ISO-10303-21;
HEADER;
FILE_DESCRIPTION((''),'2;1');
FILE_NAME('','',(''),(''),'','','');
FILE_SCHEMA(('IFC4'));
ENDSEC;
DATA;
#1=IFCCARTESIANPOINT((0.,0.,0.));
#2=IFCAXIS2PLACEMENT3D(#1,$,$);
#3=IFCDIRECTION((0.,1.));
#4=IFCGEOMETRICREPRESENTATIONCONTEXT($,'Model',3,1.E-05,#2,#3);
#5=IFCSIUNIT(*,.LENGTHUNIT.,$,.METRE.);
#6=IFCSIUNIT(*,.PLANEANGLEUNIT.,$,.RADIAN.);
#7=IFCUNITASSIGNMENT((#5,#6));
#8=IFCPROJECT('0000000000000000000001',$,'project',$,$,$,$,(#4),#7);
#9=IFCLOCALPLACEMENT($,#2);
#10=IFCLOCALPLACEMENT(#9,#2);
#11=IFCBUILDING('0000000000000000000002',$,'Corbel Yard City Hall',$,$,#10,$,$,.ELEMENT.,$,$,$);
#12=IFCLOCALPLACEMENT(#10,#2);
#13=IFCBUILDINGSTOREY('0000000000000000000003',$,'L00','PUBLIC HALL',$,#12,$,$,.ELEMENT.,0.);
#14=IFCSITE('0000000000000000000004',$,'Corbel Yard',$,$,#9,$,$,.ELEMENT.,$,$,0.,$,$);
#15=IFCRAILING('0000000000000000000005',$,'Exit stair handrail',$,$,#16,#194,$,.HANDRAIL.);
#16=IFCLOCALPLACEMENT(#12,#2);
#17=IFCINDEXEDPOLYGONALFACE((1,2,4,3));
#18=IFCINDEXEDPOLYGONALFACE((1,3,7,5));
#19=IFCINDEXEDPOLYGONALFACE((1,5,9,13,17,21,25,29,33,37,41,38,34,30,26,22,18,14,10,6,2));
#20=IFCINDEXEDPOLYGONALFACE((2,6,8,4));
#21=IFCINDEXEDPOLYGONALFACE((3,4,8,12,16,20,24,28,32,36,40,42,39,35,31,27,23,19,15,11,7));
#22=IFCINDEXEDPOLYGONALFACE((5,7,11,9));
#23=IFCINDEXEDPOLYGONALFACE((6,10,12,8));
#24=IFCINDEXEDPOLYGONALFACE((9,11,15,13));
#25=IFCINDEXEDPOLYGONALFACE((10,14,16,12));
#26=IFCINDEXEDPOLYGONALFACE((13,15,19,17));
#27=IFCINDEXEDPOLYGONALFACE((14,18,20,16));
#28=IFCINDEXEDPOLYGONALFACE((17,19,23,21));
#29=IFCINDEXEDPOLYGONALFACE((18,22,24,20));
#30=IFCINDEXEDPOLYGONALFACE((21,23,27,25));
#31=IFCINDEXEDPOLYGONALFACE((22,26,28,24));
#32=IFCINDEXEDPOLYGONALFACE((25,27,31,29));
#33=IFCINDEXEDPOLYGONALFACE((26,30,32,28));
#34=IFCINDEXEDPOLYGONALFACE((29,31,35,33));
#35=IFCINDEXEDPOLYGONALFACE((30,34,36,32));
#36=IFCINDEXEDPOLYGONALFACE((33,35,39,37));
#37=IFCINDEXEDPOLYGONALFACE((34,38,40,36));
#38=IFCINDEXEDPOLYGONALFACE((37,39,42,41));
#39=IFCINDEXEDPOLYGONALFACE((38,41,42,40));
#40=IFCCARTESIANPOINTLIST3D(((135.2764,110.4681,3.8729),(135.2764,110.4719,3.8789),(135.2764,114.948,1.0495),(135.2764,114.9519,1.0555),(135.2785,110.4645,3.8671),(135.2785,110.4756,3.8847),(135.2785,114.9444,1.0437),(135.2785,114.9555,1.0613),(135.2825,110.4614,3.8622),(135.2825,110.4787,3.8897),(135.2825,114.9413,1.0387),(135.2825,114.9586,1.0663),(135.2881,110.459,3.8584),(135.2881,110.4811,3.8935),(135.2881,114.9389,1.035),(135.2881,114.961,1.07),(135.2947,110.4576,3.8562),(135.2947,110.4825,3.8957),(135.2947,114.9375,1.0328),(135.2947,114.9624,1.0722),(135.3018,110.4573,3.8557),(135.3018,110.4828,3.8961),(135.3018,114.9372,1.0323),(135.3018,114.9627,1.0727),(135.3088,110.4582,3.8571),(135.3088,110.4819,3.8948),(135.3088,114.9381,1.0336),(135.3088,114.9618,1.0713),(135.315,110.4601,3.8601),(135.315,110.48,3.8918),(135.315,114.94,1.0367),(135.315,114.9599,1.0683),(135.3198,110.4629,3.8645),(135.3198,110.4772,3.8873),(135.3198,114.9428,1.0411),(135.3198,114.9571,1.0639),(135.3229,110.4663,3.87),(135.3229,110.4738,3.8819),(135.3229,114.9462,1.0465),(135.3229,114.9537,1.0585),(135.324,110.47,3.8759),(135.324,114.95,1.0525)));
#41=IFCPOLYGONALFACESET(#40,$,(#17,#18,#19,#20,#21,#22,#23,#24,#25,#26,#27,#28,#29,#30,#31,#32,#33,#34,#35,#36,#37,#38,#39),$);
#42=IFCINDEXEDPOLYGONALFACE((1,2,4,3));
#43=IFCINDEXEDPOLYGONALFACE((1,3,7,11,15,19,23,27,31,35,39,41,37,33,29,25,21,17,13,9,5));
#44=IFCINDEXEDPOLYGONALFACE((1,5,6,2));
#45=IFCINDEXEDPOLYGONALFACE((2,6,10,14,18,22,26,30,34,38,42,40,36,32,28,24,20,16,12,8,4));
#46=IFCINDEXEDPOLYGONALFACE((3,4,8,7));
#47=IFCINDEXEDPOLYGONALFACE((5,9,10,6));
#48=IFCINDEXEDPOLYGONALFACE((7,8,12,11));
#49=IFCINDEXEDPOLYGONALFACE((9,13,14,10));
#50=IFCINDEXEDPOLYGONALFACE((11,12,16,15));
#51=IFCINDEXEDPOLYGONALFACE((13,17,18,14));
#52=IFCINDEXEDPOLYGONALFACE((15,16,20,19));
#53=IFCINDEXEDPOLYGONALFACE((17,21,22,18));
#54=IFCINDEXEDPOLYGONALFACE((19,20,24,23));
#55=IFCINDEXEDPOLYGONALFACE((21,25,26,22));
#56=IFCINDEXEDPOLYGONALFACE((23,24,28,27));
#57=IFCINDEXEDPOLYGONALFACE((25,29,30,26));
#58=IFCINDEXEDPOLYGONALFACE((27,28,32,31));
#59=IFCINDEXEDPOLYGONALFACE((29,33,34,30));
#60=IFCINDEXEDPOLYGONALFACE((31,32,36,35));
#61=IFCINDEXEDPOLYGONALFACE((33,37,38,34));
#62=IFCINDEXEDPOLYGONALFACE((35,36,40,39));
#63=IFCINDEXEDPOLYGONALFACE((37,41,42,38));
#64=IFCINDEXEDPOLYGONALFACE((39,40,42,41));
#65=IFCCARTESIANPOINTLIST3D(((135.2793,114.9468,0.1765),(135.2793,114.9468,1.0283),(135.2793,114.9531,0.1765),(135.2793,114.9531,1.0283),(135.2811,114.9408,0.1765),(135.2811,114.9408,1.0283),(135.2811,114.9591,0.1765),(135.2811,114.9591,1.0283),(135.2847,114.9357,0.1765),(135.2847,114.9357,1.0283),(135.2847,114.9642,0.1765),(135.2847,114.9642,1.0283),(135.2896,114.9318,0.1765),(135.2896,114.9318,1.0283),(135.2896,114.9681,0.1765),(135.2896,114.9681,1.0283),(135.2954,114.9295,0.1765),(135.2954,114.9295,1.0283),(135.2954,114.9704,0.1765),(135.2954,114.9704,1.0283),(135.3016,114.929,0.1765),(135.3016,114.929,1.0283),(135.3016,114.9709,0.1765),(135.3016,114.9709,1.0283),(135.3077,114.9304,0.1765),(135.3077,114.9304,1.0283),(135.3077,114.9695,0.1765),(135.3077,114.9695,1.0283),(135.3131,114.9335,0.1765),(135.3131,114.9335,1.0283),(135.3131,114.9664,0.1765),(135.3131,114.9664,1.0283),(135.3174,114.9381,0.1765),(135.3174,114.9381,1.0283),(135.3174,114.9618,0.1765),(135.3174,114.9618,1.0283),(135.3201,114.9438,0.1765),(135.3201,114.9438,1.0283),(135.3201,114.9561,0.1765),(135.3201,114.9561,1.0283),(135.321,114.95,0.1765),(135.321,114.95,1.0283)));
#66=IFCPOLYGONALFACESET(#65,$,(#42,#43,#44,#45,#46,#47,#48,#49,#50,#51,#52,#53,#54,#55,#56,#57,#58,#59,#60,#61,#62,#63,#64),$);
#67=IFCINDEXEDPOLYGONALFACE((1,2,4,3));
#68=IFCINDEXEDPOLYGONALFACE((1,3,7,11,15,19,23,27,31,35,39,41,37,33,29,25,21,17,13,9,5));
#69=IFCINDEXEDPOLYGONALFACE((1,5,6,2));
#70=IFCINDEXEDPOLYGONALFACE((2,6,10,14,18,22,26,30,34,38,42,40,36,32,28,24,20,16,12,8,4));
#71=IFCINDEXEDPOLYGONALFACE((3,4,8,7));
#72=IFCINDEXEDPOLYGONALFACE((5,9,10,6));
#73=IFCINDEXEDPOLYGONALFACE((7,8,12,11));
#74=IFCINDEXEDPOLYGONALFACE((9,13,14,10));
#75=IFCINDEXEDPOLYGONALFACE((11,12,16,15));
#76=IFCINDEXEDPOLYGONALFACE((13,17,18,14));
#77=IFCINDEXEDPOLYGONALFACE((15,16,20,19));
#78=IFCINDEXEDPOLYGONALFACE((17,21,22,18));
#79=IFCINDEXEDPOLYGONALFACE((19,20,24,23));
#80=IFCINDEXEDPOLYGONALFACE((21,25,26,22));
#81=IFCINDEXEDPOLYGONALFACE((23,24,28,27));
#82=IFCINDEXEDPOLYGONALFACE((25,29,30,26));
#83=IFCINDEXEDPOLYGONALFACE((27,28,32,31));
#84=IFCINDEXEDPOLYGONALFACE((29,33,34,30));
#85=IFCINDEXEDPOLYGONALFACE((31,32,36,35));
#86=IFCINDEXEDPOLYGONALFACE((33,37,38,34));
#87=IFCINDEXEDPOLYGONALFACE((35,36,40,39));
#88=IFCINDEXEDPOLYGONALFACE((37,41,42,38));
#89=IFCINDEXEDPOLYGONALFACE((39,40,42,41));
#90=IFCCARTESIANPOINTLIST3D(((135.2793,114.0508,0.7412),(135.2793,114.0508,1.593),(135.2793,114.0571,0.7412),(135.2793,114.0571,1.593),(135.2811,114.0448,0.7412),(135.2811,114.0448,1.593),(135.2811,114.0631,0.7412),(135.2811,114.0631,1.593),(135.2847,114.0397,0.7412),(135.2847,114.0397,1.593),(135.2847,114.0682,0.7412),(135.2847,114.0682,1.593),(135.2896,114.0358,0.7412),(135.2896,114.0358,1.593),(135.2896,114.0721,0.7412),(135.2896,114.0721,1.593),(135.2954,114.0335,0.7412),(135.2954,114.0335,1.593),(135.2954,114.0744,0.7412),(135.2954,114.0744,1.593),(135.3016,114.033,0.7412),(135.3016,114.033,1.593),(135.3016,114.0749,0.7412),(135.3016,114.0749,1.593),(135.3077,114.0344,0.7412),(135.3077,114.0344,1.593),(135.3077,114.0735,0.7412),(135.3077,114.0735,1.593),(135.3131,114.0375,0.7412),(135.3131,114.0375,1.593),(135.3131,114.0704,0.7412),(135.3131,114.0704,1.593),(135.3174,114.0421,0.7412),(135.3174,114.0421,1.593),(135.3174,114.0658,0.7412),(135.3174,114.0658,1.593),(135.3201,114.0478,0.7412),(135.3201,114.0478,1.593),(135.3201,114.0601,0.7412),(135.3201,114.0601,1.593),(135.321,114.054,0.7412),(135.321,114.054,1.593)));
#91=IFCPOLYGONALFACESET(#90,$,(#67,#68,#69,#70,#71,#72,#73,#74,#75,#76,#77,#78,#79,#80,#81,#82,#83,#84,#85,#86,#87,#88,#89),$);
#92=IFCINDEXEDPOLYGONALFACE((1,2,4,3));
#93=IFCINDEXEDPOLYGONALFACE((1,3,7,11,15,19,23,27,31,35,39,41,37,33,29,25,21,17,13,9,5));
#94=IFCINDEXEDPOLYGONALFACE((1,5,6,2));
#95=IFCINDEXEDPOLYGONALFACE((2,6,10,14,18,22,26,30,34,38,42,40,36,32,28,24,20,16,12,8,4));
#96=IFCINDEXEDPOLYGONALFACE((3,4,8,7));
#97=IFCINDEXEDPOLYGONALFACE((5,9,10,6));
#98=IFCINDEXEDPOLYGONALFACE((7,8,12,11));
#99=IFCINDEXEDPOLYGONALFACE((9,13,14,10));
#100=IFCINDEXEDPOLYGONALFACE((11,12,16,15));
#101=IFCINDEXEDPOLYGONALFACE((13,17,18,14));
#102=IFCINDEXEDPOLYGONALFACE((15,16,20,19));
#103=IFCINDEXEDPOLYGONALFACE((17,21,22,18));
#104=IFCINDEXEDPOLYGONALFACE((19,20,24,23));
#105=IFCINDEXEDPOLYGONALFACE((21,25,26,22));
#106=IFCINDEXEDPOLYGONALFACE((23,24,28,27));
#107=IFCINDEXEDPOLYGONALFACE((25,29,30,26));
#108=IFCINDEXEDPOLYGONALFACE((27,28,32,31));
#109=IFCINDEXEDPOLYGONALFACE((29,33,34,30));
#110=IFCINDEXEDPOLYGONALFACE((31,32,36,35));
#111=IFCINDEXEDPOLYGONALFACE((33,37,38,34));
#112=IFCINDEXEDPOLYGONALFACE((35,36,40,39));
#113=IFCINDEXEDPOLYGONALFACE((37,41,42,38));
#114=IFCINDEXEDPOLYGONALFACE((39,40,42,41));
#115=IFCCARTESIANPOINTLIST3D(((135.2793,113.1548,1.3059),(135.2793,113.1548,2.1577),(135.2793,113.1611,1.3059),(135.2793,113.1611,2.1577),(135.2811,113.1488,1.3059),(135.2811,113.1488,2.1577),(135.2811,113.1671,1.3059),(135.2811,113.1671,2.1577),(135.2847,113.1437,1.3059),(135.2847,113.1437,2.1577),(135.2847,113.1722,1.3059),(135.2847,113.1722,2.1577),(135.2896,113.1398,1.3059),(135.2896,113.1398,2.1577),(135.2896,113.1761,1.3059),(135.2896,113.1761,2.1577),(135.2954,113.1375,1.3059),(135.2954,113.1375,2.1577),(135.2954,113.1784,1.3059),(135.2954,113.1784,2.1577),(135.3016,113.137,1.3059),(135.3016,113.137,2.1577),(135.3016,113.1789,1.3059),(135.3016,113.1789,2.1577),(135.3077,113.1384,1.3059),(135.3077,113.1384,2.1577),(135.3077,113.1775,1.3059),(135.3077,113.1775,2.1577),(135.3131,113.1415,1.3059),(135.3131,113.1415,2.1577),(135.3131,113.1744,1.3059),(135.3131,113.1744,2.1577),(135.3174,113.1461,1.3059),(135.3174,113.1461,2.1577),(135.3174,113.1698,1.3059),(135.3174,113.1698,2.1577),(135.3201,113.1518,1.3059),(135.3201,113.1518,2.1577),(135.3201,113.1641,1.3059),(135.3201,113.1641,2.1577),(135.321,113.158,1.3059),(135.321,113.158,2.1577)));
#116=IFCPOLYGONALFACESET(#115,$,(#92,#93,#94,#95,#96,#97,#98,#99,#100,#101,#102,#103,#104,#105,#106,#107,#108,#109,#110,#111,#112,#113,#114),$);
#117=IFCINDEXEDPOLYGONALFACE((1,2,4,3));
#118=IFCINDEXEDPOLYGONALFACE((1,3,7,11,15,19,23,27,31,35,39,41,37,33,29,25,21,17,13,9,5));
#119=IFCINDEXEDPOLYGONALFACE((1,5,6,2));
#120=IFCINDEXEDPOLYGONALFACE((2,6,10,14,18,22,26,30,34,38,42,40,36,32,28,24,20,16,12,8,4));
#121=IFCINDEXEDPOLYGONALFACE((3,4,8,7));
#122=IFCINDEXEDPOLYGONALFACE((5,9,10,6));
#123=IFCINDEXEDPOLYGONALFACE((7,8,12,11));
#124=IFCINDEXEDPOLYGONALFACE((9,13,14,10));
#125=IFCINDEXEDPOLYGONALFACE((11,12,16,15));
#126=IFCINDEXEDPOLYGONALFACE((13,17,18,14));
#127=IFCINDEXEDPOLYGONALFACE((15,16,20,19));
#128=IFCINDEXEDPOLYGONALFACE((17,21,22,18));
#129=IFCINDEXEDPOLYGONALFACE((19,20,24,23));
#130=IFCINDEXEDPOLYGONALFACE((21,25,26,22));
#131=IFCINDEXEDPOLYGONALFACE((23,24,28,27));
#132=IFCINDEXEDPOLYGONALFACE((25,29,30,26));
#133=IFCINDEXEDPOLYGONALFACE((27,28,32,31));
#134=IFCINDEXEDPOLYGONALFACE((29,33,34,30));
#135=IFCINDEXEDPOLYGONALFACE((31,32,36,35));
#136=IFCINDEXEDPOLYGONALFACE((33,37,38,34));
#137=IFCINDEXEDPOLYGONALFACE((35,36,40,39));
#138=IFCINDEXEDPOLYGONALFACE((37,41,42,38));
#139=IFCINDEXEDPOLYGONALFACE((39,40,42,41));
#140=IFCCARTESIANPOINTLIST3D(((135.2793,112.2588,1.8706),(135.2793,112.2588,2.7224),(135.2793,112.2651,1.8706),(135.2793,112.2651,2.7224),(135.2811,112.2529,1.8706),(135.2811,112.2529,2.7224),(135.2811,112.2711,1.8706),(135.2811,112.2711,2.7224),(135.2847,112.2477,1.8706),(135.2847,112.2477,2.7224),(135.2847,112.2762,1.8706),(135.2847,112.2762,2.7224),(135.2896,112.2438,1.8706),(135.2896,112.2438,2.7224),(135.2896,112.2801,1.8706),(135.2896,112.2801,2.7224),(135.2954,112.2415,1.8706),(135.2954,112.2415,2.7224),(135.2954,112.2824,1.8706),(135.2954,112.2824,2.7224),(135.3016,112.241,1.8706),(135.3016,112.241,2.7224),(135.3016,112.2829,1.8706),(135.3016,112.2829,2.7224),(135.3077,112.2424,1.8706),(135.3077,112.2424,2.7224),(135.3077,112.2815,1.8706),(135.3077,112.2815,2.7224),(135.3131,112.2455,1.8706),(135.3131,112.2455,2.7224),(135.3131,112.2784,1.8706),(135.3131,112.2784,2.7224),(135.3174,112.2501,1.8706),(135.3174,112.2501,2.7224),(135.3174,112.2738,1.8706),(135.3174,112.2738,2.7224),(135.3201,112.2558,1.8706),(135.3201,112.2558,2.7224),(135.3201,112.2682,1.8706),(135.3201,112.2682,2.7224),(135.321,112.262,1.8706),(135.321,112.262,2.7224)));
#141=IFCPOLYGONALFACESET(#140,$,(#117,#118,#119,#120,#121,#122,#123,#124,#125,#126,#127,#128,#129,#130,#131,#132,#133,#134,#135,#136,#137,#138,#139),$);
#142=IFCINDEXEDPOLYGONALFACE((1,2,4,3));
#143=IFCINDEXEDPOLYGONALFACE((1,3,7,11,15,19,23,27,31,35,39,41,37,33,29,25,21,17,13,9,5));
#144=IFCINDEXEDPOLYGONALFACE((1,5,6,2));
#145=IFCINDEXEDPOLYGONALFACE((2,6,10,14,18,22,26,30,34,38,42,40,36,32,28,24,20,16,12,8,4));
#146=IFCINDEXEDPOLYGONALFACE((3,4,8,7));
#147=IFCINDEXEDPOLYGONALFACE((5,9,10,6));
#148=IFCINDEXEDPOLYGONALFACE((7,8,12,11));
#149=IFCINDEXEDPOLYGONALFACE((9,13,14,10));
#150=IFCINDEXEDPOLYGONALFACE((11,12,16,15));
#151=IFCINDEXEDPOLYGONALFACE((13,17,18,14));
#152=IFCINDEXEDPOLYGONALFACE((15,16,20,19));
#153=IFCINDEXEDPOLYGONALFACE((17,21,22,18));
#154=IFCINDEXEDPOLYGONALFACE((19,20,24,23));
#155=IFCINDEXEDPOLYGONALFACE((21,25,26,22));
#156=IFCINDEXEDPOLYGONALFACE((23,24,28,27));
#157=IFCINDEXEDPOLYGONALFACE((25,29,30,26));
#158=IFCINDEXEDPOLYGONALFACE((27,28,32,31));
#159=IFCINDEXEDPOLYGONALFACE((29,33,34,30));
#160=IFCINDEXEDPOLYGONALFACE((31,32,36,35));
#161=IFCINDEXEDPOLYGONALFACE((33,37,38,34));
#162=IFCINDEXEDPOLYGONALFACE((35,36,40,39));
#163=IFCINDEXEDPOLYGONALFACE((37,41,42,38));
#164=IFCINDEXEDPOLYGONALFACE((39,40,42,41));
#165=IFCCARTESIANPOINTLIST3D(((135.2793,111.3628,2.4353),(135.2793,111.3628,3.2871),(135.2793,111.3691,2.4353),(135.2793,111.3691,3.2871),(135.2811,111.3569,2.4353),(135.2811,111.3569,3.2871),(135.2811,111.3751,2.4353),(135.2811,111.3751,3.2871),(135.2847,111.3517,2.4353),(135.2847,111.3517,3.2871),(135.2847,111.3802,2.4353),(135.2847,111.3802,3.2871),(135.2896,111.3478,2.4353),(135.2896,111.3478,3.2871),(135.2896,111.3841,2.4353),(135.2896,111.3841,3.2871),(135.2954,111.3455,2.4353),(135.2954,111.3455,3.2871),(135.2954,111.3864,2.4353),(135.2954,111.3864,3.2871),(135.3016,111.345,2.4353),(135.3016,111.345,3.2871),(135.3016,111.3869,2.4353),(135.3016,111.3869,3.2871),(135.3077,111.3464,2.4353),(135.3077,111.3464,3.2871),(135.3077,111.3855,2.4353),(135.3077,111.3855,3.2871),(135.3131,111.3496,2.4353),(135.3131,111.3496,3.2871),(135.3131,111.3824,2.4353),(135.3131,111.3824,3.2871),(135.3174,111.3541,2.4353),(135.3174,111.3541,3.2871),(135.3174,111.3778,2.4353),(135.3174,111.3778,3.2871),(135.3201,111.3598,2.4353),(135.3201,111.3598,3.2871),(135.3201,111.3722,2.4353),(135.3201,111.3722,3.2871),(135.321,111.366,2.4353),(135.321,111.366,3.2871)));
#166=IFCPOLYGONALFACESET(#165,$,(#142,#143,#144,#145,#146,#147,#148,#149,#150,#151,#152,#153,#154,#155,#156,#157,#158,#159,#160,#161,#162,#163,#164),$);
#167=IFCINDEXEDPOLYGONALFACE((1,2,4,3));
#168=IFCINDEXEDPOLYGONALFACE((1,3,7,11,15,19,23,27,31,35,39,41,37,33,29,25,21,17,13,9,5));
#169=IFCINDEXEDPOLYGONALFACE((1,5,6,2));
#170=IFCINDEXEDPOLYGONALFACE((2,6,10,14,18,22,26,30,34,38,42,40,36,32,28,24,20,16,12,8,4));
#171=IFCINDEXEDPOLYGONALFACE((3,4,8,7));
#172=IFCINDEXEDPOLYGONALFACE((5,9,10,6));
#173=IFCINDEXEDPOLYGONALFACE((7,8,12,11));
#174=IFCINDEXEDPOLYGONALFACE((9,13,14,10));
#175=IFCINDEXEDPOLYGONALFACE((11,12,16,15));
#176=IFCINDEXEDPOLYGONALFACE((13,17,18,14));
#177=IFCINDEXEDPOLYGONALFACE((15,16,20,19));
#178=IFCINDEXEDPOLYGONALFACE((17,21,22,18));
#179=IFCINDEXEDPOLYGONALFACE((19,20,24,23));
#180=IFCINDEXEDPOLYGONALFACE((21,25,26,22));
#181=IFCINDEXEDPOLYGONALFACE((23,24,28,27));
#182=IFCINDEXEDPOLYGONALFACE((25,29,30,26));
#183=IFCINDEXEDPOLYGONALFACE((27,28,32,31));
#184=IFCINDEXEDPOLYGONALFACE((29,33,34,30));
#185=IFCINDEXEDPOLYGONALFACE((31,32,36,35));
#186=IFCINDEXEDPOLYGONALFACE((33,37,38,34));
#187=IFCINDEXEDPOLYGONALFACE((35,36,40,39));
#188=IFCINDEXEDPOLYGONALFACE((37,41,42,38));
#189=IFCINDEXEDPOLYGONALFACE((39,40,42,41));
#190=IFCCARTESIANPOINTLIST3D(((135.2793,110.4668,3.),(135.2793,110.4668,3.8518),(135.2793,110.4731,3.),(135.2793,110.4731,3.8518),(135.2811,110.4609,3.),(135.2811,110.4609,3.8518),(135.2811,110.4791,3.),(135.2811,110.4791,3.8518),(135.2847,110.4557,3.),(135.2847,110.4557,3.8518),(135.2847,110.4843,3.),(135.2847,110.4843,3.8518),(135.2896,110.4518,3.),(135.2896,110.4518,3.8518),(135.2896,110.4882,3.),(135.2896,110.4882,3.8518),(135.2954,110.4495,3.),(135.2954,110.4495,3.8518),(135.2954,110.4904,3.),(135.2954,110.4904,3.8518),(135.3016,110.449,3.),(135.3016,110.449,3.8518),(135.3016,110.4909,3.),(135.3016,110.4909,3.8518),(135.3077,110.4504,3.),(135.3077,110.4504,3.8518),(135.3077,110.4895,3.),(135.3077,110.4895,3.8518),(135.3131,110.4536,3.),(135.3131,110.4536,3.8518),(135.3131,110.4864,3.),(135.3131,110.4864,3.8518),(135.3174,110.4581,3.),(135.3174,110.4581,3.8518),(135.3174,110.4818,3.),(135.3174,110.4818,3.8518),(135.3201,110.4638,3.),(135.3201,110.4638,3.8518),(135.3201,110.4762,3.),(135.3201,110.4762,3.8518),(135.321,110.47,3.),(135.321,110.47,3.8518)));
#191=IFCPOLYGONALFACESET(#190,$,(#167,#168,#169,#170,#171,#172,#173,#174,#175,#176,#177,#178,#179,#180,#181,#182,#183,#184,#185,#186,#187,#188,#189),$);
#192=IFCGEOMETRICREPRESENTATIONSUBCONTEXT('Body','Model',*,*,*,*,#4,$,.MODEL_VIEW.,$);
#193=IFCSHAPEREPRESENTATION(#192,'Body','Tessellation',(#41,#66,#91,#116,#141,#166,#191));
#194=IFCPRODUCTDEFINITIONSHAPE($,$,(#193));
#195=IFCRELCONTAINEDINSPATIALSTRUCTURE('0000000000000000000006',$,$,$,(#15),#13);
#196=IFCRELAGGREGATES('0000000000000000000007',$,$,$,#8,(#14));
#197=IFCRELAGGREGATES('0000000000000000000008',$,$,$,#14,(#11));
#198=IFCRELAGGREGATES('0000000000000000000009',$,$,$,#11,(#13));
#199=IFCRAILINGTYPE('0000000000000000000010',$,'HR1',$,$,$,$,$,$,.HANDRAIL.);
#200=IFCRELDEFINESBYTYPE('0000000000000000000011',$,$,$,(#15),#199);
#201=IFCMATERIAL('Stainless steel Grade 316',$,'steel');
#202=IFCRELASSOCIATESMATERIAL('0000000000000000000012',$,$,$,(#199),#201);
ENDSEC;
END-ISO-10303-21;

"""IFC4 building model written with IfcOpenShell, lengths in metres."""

from ifc_helpers import new_model, si_unit, direction, frame, origin, origin_2d, place, context, subcontext, project, spatial, circle, extrude, material, type_object, element, save


model = new_model("IFC4")

# Units and contexts
model_context = context("Model", 3, precision=1e-05, world=origin(), true_north=direction((0.0, 1.0)))
body_context = subcontext(model_context, "Body", "Model", "MODEL_VIEW")
ifc_project = project(units=[si_unit("LENGTHUNIT", "METRE"), si_unit("PLANEANGLEUNIT", "RADIAN")], contexts=[model_context])

# Site, building, storey
site_placement = place(None, origin())
site = spatial("IfcSite", under=ifc_project, at=site_placement, Name="Corbel Yard", CompositionType="ELEMENT", RefElevation=0.0)
building_placement = place(site_placement, origin())
building = spatial("IfcBuilding", under=site, at=building_placement, Name="Corbel Yard City Hall", CompositionType="ELEMENT")
storey_placement = place(building_placement, origin())
storey = spatial("IfcBuildingStorey", under=building, at=storey_placement, Name="L00", Description="PUBLIC HALL", CompositionType="ELEMENT", Elevation=0.0)

# Railing
ifc_material_1 = material(Name="Stainless steel Grade 316", Category="steel")
railing_type = type_object("IfcRailingType", Name="HR1", PredefinedType="HANDRAIL", material=ifc_material_1)
railing_1_placement = place(storey_placement, frame((135.3, 114.95, 0.1765)))
element("IfcRailing", 1, at=railing_1_placement, inside=storey, type_object=railing_type, Name="Exit stair handrail", PredefinedType="HANDRAIL", context=body_context, shape_type="SweptSolid", body=[
    extrude(circle(Radius=0.0239, at=origin_2d()), frame((0.0, 0.0, 0.876), z_axis=(0.0, -0.845998, 0.533186), x_axis=(1.0, 0.0, 0.0)), (0.0, 0.0, 1.0), 5.2954),
    extrude(circle(Radius=0.021, at=origin_2d()), origin(), (0.0, 0.0, 1.0), 0.8518),
    extrude(circle(Radius=0.021, at=origin_2d()), frame((0.0, -0.896, 0.5647)), (0.0, 0.0, 1.0), 0.8518),
    extrude(circle(Radius=0.021, at=origin_2d()), frame((0.0, -1.792, 1.1294)), (0.0, 0.0, 1.0), 0.8518),
    extrude(circle(Radius=0.021, at=origin_2d()), frame((0.0, -2.688, 1.6941)), (0.0, 0.0, 1.0), 0.8518),
    extrude(circle(Radius=0.021, at=origin_2d()), frame((0.0, -3.584, 2.2588)), (0.0, 0.0, 1.0), 0.8518),
    extrude(circle(Radius=0.021, at=origin_2d()), frame((0.0, -4.48, 2.8235)), (0.0, 0.0, 1.0), 0.8518),
])

save(model, "model.ifc")
